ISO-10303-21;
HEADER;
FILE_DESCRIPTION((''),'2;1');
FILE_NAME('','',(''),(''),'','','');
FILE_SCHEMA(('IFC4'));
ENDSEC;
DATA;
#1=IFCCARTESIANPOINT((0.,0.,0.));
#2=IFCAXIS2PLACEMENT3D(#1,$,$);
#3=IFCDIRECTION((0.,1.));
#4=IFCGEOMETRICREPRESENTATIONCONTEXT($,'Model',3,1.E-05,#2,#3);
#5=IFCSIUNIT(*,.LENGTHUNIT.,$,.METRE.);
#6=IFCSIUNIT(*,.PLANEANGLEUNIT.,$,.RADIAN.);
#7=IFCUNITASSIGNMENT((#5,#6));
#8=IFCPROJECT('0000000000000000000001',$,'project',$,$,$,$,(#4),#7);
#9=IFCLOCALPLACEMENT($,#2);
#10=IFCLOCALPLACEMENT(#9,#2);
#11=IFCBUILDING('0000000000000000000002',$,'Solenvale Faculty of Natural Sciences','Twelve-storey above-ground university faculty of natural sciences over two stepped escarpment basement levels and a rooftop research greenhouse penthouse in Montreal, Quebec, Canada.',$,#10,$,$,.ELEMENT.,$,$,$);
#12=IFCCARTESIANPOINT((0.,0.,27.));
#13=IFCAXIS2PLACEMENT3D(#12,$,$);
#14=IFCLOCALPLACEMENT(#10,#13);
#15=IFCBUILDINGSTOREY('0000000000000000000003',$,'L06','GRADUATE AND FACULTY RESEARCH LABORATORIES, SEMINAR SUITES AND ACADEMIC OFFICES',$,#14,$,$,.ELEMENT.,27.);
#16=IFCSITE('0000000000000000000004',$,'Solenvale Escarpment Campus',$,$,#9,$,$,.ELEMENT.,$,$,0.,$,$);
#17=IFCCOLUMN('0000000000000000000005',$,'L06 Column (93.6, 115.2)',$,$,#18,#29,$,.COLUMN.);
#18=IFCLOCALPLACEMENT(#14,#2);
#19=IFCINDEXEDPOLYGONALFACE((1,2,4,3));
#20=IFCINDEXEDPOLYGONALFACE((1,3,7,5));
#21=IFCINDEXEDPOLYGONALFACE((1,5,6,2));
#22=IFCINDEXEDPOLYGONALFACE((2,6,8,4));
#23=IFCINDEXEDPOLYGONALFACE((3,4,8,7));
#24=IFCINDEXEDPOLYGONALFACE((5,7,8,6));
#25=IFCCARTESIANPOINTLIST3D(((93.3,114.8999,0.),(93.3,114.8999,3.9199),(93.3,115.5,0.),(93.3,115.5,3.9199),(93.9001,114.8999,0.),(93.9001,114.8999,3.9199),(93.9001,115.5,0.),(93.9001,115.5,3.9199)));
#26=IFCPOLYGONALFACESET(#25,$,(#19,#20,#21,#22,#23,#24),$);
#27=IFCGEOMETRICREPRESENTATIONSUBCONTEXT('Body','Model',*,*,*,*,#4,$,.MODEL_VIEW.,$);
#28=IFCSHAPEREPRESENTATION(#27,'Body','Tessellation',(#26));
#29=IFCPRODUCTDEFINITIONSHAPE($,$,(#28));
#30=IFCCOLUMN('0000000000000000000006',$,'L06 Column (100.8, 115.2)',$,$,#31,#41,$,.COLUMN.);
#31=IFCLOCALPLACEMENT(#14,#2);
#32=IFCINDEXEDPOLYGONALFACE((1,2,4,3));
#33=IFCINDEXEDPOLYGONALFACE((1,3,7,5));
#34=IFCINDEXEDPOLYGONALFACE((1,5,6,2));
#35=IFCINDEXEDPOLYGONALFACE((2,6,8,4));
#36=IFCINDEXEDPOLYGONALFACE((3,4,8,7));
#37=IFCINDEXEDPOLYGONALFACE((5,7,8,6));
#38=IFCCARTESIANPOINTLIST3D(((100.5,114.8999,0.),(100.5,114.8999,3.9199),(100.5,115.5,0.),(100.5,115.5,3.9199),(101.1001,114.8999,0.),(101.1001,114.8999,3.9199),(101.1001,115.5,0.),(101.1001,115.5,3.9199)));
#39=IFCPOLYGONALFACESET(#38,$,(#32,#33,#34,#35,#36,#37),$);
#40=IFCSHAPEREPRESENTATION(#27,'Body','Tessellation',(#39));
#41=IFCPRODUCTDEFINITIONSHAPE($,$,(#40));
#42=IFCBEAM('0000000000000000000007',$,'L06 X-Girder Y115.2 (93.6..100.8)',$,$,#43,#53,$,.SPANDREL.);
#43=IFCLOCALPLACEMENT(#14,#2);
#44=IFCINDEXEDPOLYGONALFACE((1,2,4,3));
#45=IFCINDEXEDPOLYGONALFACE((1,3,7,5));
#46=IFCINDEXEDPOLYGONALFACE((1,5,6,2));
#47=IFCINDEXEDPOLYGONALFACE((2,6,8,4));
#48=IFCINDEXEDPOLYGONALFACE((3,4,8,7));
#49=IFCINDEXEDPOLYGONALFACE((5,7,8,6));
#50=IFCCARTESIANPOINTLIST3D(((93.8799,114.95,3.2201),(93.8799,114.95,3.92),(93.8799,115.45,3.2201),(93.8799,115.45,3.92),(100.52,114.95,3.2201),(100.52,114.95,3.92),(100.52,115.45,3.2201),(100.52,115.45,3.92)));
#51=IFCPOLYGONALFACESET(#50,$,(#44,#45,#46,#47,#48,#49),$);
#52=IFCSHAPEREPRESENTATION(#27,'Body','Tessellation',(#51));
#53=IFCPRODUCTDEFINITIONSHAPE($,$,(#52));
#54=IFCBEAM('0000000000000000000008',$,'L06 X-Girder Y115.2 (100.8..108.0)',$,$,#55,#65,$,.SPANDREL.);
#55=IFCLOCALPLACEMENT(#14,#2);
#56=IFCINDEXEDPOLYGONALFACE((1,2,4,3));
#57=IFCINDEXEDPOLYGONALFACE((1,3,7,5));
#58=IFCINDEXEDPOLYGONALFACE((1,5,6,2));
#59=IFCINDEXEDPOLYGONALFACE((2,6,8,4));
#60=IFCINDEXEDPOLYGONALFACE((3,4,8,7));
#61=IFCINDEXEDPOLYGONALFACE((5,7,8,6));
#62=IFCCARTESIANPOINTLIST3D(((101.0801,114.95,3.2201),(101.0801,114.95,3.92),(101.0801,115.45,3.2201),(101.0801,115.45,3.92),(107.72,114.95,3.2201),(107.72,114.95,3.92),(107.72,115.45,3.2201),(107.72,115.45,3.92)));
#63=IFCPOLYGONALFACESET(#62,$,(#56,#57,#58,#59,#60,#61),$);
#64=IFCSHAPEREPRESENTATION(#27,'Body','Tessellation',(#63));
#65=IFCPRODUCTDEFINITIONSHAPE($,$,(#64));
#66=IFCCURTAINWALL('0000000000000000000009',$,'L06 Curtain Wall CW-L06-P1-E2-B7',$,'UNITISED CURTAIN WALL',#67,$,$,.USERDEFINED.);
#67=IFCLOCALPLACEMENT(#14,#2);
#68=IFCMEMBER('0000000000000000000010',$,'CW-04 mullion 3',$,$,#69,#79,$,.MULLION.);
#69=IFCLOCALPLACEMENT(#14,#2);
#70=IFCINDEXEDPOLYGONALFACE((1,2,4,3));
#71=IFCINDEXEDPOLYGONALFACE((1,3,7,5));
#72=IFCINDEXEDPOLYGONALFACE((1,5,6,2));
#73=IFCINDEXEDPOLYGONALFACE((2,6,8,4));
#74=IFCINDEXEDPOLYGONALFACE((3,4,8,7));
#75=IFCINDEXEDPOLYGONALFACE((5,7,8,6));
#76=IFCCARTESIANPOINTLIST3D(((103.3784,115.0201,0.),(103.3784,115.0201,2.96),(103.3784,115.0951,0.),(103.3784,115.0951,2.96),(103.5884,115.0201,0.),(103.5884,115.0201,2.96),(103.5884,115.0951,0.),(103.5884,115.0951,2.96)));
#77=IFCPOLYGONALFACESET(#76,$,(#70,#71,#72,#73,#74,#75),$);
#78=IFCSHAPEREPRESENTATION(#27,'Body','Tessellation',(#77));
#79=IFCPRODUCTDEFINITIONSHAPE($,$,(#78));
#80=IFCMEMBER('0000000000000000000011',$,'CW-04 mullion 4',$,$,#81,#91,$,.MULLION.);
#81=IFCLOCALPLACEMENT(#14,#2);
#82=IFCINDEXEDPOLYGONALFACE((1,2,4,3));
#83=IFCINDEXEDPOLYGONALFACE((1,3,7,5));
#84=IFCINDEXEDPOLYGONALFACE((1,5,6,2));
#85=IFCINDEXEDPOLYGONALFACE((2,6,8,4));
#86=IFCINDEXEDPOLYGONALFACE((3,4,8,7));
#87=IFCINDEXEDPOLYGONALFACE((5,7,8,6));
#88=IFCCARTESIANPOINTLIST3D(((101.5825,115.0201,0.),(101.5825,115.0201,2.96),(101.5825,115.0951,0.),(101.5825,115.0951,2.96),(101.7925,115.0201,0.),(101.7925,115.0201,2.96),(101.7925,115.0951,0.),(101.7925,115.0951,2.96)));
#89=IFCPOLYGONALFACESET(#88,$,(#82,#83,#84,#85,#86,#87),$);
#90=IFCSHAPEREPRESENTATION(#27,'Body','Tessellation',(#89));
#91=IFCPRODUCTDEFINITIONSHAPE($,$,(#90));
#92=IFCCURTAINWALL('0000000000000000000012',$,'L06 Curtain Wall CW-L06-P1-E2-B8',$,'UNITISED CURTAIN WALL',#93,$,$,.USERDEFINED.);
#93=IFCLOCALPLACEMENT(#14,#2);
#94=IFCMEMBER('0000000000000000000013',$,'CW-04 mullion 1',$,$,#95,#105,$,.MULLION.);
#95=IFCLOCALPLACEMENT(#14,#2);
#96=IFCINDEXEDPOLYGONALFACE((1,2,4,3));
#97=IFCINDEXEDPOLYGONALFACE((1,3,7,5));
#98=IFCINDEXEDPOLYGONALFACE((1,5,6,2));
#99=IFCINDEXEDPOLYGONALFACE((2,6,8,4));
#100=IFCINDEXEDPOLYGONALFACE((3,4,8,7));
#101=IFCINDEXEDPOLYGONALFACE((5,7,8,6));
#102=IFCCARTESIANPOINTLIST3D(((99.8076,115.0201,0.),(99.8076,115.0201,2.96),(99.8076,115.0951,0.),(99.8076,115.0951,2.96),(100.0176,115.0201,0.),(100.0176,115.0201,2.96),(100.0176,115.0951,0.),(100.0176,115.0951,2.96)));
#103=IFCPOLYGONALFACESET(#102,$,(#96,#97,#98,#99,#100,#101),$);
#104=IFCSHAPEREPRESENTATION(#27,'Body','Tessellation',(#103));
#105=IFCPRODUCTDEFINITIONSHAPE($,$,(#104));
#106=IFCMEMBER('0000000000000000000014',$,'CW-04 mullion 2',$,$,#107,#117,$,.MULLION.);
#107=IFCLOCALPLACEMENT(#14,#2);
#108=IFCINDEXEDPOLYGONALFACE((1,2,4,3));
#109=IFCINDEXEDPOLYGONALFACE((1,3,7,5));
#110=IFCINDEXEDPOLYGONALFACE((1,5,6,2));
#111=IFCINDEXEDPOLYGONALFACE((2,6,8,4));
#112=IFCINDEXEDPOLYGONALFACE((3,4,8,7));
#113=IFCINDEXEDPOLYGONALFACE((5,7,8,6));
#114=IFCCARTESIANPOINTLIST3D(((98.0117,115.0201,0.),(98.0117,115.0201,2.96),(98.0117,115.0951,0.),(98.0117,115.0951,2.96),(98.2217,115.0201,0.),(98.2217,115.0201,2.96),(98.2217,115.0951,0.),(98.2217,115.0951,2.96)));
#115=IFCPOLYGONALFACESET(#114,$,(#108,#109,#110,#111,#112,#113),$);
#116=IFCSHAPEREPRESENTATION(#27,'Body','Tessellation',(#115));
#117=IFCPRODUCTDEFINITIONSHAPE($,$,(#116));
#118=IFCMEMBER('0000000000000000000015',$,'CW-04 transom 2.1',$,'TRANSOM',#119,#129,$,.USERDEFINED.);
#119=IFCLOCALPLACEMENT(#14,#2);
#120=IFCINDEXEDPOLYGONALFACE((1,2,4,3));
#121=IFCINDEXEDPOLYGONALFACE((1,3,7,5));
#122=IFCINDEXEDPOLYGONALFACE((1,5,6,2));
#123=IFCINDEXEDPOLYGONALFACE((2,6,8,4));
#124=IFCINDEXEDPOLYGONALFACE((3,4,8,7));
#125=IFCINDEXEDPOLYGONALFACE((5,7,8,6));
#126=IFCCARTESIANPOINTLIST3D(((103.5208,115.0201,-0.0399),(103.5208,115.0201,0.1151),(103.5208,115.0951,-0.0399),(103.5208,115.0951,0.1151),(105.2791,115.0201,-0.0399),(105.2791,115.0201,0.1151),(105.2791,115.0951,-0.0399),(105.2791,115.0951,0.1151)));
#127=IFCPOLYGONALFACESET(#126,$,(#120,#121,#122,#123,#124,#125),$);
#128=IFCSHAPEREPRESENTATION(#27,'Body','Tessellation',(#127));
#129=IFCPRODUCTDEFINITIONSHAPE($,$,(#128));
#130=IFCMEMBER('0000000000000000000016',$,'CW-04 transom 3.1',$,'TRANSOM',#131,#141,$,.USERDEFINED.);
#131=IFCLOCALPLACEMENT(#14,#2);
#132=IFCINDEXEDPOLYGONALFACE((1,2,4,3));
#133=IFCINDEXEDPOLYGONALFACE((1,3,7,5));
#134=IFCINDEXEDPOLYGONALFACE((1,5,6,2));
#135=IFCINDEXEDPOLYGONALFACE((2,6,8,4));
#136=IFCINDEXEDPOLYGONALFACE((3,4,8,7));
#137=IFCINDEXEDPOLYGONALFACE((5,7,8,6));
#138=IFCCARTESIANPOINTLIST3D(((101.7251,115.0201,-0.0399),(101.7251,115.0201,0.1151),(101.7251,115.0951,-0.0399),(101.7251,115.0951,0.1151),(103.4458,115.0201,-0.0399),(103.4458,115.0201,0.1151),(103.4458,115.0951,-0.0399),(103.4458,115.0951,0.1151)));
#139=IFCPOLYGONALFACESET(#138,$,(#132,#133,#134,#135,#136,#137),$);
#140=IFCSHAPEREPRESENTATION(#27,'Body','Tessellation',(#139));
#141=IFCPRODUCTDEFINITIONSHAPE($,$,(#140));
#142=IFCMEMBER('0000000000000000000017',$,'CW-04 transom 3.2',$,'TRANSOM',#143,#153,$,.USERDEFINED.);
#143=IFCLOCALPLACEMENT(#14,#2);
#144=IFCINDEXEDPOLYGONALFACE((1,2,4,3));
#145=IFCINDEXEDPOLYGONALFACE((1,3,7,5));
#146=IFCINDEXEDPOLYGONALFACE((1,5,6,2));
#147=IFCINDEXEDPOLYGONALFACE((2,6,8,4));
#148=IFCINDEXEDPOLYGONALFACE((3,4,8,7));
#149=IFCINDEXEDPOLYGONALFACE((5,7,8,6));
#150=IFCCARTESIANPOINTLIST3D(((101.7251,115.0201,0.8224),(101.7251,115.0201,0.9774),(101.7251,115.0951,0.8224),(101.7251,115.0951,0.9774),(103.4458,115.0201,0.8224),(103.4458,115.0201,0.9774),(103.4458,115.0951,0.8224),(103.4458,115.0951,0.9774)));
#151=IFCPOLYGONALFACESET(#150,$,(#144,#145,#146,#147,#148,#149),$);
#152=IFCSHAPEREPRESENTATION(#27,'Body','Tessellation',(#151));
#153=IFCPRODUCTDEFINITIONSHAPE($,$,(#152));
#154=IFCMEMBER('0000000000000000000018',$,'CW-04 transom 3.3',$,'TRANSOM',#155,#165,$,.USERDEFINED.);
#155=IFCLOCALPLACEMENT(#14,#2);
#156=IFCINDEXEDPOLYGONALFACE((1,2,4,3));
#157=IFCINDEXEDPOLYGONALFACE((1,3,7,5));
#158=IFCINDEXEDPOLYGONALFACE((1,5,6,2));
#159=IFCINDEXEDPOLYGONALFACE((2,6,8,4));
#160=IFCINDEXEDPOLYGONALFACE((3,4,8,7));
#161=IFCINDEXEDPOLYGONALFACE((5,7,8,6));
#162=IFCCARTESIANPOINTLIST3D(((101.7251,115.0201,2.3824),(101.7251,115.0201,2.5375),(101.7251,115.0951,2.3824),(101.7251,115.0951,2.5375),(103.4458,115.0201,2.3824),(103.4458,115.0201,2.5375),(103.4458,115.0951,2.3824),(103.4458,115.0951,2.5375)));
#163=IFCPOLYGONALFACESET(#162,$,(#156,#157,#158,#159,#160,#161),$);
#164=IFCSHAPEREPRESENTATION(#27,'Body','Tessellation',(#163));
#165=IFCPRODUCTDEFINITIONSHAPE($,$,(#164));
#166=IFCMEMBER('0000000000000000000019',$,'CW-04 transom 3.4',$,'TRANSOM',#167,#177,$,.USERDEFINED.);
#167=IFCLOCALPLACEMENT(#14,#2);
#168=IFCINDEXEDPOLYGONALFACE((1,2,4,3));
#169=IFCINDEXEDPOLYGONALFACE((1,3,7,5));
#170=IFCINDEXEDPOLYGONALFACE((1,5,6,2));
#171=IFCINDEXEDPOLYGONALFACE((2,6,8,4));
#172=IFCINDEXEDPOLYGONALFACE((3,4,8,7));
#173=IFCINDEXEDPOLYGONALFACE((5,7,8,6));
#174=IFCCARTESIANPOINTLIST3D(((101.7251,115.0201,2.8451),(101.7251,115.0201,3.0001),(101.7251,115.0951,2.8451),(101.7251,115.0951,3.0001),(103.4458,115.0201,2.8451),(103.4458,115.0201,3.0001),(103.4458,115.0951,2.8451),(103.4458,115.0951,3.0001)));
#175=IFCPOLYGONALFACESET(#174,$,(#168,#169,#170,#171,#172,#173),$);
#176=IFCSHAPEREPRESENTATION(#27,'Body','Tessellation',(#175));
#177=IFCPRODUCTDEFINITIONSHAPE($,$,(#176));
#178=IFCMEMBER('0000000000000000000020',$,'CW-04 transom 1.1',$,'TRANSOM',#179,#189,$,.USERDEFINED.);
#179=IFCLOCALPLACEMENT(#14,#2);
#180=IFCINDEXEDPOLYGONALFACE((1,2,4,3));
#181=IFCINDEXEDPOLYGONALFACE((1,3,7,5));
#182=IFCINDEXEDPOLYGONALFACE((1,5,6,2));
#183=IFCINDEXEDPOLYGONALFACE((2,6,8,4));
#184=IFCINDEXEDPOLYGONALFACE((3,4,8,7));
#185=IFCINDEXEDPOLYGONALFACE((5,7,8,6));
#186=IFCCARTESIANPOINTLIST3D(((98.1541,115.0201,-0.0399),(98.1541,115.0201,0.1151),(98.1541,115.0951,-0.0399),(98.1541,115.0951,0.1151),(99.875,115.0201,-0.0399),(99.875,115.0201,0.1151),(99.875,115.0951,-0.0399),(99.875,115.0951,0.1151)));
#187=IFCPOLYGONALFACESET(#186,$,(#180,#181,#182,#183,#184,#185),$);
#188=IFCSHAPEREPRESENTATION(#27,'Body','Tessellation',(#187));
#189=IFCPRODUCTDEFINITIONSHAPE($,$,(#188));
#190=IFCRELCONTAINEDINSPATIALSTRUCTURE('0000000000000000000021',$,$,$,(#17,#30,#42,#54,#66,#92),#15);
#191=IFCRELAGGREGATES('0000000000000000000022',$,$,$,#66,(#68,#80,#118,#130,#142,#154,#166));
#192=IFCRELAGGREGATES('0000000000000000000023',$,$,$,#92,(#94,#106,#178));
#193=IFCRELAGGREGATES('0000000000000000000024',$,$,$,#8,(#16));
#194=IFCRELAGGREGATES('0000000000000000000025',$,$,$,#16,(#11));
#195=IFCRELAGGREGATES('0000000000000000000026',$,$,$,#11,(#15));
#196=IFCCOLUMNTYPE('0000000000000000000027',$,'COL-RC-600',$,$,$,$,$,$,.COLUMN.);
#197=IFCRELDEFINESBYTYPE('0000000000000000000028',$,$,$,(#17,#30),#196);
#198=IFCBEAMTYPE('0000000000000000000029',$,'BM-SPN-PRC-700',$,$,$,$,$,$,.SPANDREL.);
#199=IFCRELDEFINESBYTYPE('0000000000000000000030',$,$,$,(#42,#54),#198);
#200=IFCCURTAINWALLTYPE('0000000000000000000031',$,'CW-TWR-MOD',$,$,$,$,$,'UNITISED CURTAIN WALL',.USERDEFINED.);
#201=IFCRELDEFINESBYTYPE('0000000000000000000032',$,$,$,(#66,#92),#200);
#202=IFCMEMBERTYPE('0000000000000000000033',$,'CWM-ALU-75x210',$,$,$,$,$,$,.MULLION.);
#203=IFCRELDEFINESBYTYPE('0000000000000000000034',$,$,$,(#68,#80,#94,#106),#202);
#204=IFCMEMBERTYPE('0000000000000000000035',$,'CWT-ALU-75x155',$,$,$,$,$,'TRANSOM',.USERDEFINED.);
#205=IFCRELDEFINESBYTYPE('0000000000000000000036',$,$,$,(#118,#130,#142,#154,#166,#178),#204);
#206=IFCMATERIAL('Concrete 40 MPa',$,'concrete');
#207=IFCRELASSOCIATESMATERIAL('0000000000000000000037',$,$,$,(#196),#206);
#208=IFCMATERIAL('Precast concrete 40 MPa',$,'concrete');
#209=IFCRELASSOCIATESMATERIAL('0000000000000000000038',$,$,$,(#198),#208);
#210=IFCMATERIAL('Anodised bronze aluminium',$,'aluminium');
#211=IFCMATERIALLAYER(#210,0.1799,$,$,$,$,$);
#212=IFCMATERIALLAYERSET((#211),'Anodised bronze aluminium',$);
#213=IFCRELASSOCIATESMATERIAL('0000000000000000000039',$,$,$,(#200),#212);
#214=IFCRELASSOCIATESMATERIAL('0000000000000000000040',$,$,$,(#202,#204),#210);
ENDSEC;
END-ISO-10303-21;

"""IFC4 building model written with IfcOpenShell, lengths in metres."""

from ifc_helpers import new_model, si_unit, direction, frame, origin, origin_2d, place, context, subcontext, project, spatial, rectangle, extrude, material, layer, layer_set, material_profile, profile_set, type_object, element, aggregate, save


model = new_model("IFC4")

# Units and contexts
model_context = context("Model", 3, precision=1e-05, world=origin(), true_north=direction((0.0, 1.0)))
body_context = subcontext(model_context, "Body", "Model", "MODEL_VIEW")
ifc_project = project(units=[si_unit("LENGTHUNIT", "METRE"), si_unit("PLANEANGLEUNIT", "RADIAN")], contexts=[model_context])

# Site, building, storey
site_placement = place(None, origin())
site = spatial("IfcSite", under=ifc_project, at=site_placement, Name="Solenvale Escarpment Campus", CompositionType="ELEMENT", RefElevation=0.0)
building_placement = place(site_placement, origin())
building = spatial("IfcBuilding", under=site, at=building_placement, Name="Solenvale Faculty of Natural Sciences", Description="Twelve-storey above-ground university faculty of natural sciences over two stepped escarpment basement levels and a rooftop research greenhouse penthouse in Montreal, Quebec, Canada.", CompositionType="ELEMENT")
storey_placement = place(building_placement, frame((0.0, 0.0, 27.0)))
storey = spatial("IfcBuildingStorey", under=building, at=storey_placement, Name="L06", Description="GRADUATE AND FACULTY RESEARCH LABORATORIES, SEMINAR SUITES AND ACADEMIC OFFICES", CompositionType="ELEMENT", Elevation=27.0)

# Columns
ifc_material_1 = material(Name="Concrete 40 MPa", Category="concrete")
ifc_material_profile_1 = material_profile(ifc_material_1, rectangle(XDim=0.6001, YDim=0.6001, at=origin_2d()), Name="RC-COL-600x600")
ifc_profile_set_1 = profile_set([ifc_material_profile_1], Name="Concrete 40 MPa")
column_type = type_object("IfcColumnType", Name="COL-RC-600", PredefinedType="COLUMN", material=ifc_profile_set_1)
for number, where, z_axis, x_axis, name in (
    (1, (93.6001, 115.2, 0.0), (0.0, 0.0, 1.0), (1.0, 0.0, 0.0), "L06 Column (93.6, 115.2)"),
    (2, (100.8, 115.2, 0.0), (0.0, 0.0, 1.0), (1.0, 0.0, 0.0), "L06 Column (100.8, 115.2)"),
):
    element("IfcColumn", number, at=place(storey_placement, frame(where, z_axis=z_axis, x_axis=x_axis)), inside=storey, type_object=column_type, Name=name, PredefinedType="COLUMN", context=body_context, shape_type="SweptSolid", body=[
        extrude(rectangle(XDim=0.6001, YDim=0.6001, at=origin_2d()), origin(), (0.0, 0.0, 1.0), 3.9199),
    ])

# Beams
ifc_material_2 = material(Name="Precast concrete 40 MPa", Category="concrete")
ifc_material_profile_2 = material_profile(ifc_material_2, rectangle(XDim=0.5, YDim=0.7, at=origin_2d()), Name="RC-BM-500x700")
ifc_profile_set_2 = profile_set([ifc_material_profile_2], Name="Precast concrete 40 MPa")
beam_type = type_object("IfcBeamType", Name="BM-SPN-PRC-700", PredefinedType="SPANDREL", material=ifc_profile_set_2)
beam_1_placement = place(storey_placement, frame((93.8799, 115.2, 3.5701), z_axis=(1.0, 0.0, 0.0), x_axis=(0.0, 1.0, 0.0)))
element("IfcBeam", 3, at=beam_1_placement, inside=storey, type_object=beam_type, Name="L06 X-Girder Y115.2 (93.6..100.8)", PredefinedType="SPANDREL", context=body_context, shape_type="SweptSolid", body=[
    extrude(rectangle(XDim=0.5, YDim=0.7, at=origin_2d()), origin(), (0.0, 0.0, 1.0), 6.6401),
])
beam_2_placement = place(storey_placement, frame((101.0801, 115.2, 3.5701), z_axis=(1.0, 0.0, 0.0), x_axis=(0.0, 1.0, 0.0)))
element("IfcBeam", 4, at=beam_2_placement, inside=storey, type_object=beam_type, Name="L06 X-Girder Y115.2 (100.8..108.0)", PredefinedType="SPANDREL", context=body_context, shape_type="SweptSolid", body=[
    extrude(rectangle(XDim=0.5, YDim=0.7, at=origin_2d()), origin(), (0.0, 0.0, 1.0), 6.6399),
])

# Curtain walls, members
ifc_material_3 = material(Name="Anodised bronze aluminium", Category="aluminium")
ifc_layer_1 = layer(ifc_material_3, 0.1799)
ifc_layer_set_1 = layer_set([ifc_layer_1], Name="Anodised bronze aluminium")
curtain_wall_type = type_object("IfcCurtainWallType", Name="CW-TWR-MOD", ElementType="UNITISED CURTAIN WALL", PredefinedType="USERDEFINED", material=ifc_layer_set_1)
curtain_wall_1_placement = place(storey_placement, origin())
curtain_wall_1 = element("IfcCurtainWall", 5, at=curtain_wall_1_placement, inside=storey, type_object=curtain_wall_type, Name="L06 Curtain Wall CW-L06-P1-E2-B7", ObjectType="UNITISED CURTAIN WALL", PredefinedType="USERDEFINED")
ifc_material_profile_3 = material_profile(ifc_material_3, rectangle(XDim=0.075, YDim=0.21, at=origin_2d()), Name="ALU-MUL-75x210")
ifc_profile_set_3 = profile_set([ifc_material_profile_3], Name="Anodised bronze aluminium")
member_type_1 = type_object("IfcMemberType", Name="CWM-ALU-75x210", PredefinedType="MULLION", material=ifc_profile_set_3)
member_1_placement = place(storey_placement, frame((103.4834, 115.0576, 0.0), z_axis=(0.0, 0.0, 1.0), x_axis=(0.0, -1.0, 0.0)))
member_1 = element("IfcMember", 6, at=member_1_placement, type_object=member_type_1, Name="CW-04 mullion 3", PredefinedType="MULLION", context=body_context, shape_type="SweptSolid", body=[
    extrude(rectangle(XDim=0.075, YDim=0.21, at=origin_2d()), origin(), (0.0, 0.0, 1.0), 2.96),
])
member_2_placement = place(storey_placement, frame((101.6875, 115.0576, 0.0), z_axis=(0.0, 0.0, 1.0), x_axis=(0.0, -1.0, 0.0)))
member_2 = element("IfcMember", 7, at=member_2_placement, type_object=member_type_1, Name="CW-04 mullion 4", PredefinedType="MULLION", context=body_context, shape_type="SweptSolid", body=[
    extrude(rectangle(XDim=0.075, YDim=0.21, at=origin_2d()), origin(), (0.0, 0.0, 1.0), 2.96),
])
curtain_wall_2_placement = place(storey_placement, origin())
curtain_wall_2 = element("IfcCurtainWall", 8, at=curtain_wall_2_placement, inside=storey, type_object=curtain_wall_type, Name="L06 Curtain Wall CW-L06-P1-E2-B8", ObjectType="UNITISED CURTAIN WALL", PredefinedType="USERDEFINED")
member_3_placement = place(storey_placement, frame((99.9126, 115.0576, 0.0), z_axis=(0.0, 0.0, 1.0), x_axis=(0.0, -1.0, 0.0)))
member_3 = element("IfcMember", 9, at=member_3_placement, type_object=member_type_1, Name="CW-04 mullion 1", PredefinedType="MULLION", context=body_context, shape_type="SweptSolid", body=[
    extrude(rectangle(XDim=0.075, YDim=0.21, at=origin_2d()), origin(), (0.0, 0.0, 1.0), 2.96),
])
member_4_placement = place(storey_placement, frame((98.1167, 115.0576, 0.0), z_axis=(0.0, 0.0, 1.0), x_axis=(0.0, -1.0, 0.0)))
member_4 = element("IfcMember", 10, at=member_4_placement, type_object=member_type_1, Name="CW-04 mullion 2", PredefinedType="MULLION", context=body_context, shape_type="SweptSolid", body=[
    extrude(rectangle(XDim=0.075, YDim=0.21, at=origin_2d()), origin(), (0.0, 0.0, 1.0), 2.96),
])

# Members
ifc_material_profile_4 = material_profile(ifc_material_3, rectangle(XDim=0.075, YDim=0.155, at=origin_2d()), Name="ALU-TRN-75x155")
ifc_profile_set_4 = profile_set([ifc_material_profile_4], Name="Anodised bronze aluminium")
member_type_2 = type_object("IfcMemberType", Name="CWT-ALU-75x155", ElementType="TRANSOM", PredefinedType="USERDEFINED", material=ifc_profile_set_4)
member_5_placement = place(storey_placement, frame((105.2791, 115.0576, 0.0376), z_axis=(-1.0, 0.0, 0.0), x_axis=(0.0, -1.0, 0.0)))
member_5 = element("IfcMember", 11, at=member_5_placement, type_object=member_type_2, Name="CW-04 transom 2.1", ObjectType="TRANSOM", PredefinedType="USERDEFINED", context=body_context, shape_type="SweptSolid", body=[
    extrude(rectangle(XDim=0.075, YDim=0.155, at=origin_2d()), origin(), (0.0, 0.0, 1.0), 1.7583),
])
member_6_placement = place(storey_placement, frame((103.4458, 115.0576, 0.0376), z_axis=(-1.0, 0.0, 0.0), x_axis=(0.0, -1.0, 0.0)))
member_6 = element("IfcMember", 12, at=member_6_placement, type_object=member_type_2, Name="CW-04 transom 3.1", ObjectType="TRANSOM", PredefinedType="USERDEFINED", context=body_context, shape_type="SweptSolid", body=[
    extrude(rectangle(XDim=0.075, YDim=0.155, at=origin_2d()), origin(), (0.0, 0.0, 1.0), 1.7207),
])
member_7_placement = place(storey_placement, frame((103.4458, 115.0576, 0.8999), z_axis=(-1.0, 0.0, 0.0), x_axis=(0.0, -1.0, 0.0)))
member_7 = element("IfcMember", 13, at=member_7_placement, type_object=member_type_2, Name="CW-04 transom 3.2", ObjectType="TRANSOM", PredefinedType="USERDEFINED", context=body_context, shape_type="SweptSolid", body=[
    extrude(rectangle(XDim=0.075, YDim=0.155, at=origin_2d()), origin(), (0.0, 0.0, 1.0), 1.7207),
])
member_8_placement = place(storey_placement, frame((103.4458, 115.0576, 2.46), z_axis=(-1.0, 0.0, 0.0), x_axis=(0.0, -1.0, 0.0)))
member_8 = element("IfcMember", 14, at=member_8_placement, type_object=member_type_2, Name="CW-04 transom 3.3", ObjectType="TRANSOM", PredefinedType="USERDEFINED", context=body_context, shape_type="SweptSolid", body=[
    extrude(rectangle(XDim=0.075, YDim=0.155, at=origin_2d()), origin(), (0.0, 0.0, 1.0), 1.7207),
])
member_9_placement = place(storey_placement, frame((103.4458, 115.0576, 2.9226), z_axis=(-1.0, 0.0, 0.0), x_axis=(0.0, -1.0, 0.0)))
member_9 = element("IfcMember", 15, at=member_9_placement, type_object=member_type_2, Name="CW-04 transom 3.4", ObjectType="TRANSOM", PredefinedType="USERDEFINED", context=body_context, shape_type="SweptSolid", body=[
    extrude(rectangle(XDim=0.075, YDim=0.155, at=origin_2d()), origin(), (0.0, 0.0, 1.0), 1.7207),
])
member_10_placement = place(storey_placement, frame((99.875, 115.0576, 0.0376), z_axis=(-1.0, 0.0, 0.0), x_axis=(0.0, -1.0, 0.0)))
member_10 = element("IfcMember", 16, at=member_10_placement, type_object=member_type_2, Name="CW-04 transom 1.1", ObjectType="TRANSOM", PredefinedType="USERDEFINED", context=body_context, shape_type="SweptSolid", body=[
    extrude(rectangle(XDim=0.075, YDim=0.155, at=origin_2d()), origin(), (0.0, 0.0, 1.0), 1.7209),
])

aggregate(curtain_wall_1, [member_1, member_2, member_5, member_6, member_7, member_8, member_9])
aggregate(curtain_wall_2, [member_3, member_4, member_10])

save(model, "model.ifc")
